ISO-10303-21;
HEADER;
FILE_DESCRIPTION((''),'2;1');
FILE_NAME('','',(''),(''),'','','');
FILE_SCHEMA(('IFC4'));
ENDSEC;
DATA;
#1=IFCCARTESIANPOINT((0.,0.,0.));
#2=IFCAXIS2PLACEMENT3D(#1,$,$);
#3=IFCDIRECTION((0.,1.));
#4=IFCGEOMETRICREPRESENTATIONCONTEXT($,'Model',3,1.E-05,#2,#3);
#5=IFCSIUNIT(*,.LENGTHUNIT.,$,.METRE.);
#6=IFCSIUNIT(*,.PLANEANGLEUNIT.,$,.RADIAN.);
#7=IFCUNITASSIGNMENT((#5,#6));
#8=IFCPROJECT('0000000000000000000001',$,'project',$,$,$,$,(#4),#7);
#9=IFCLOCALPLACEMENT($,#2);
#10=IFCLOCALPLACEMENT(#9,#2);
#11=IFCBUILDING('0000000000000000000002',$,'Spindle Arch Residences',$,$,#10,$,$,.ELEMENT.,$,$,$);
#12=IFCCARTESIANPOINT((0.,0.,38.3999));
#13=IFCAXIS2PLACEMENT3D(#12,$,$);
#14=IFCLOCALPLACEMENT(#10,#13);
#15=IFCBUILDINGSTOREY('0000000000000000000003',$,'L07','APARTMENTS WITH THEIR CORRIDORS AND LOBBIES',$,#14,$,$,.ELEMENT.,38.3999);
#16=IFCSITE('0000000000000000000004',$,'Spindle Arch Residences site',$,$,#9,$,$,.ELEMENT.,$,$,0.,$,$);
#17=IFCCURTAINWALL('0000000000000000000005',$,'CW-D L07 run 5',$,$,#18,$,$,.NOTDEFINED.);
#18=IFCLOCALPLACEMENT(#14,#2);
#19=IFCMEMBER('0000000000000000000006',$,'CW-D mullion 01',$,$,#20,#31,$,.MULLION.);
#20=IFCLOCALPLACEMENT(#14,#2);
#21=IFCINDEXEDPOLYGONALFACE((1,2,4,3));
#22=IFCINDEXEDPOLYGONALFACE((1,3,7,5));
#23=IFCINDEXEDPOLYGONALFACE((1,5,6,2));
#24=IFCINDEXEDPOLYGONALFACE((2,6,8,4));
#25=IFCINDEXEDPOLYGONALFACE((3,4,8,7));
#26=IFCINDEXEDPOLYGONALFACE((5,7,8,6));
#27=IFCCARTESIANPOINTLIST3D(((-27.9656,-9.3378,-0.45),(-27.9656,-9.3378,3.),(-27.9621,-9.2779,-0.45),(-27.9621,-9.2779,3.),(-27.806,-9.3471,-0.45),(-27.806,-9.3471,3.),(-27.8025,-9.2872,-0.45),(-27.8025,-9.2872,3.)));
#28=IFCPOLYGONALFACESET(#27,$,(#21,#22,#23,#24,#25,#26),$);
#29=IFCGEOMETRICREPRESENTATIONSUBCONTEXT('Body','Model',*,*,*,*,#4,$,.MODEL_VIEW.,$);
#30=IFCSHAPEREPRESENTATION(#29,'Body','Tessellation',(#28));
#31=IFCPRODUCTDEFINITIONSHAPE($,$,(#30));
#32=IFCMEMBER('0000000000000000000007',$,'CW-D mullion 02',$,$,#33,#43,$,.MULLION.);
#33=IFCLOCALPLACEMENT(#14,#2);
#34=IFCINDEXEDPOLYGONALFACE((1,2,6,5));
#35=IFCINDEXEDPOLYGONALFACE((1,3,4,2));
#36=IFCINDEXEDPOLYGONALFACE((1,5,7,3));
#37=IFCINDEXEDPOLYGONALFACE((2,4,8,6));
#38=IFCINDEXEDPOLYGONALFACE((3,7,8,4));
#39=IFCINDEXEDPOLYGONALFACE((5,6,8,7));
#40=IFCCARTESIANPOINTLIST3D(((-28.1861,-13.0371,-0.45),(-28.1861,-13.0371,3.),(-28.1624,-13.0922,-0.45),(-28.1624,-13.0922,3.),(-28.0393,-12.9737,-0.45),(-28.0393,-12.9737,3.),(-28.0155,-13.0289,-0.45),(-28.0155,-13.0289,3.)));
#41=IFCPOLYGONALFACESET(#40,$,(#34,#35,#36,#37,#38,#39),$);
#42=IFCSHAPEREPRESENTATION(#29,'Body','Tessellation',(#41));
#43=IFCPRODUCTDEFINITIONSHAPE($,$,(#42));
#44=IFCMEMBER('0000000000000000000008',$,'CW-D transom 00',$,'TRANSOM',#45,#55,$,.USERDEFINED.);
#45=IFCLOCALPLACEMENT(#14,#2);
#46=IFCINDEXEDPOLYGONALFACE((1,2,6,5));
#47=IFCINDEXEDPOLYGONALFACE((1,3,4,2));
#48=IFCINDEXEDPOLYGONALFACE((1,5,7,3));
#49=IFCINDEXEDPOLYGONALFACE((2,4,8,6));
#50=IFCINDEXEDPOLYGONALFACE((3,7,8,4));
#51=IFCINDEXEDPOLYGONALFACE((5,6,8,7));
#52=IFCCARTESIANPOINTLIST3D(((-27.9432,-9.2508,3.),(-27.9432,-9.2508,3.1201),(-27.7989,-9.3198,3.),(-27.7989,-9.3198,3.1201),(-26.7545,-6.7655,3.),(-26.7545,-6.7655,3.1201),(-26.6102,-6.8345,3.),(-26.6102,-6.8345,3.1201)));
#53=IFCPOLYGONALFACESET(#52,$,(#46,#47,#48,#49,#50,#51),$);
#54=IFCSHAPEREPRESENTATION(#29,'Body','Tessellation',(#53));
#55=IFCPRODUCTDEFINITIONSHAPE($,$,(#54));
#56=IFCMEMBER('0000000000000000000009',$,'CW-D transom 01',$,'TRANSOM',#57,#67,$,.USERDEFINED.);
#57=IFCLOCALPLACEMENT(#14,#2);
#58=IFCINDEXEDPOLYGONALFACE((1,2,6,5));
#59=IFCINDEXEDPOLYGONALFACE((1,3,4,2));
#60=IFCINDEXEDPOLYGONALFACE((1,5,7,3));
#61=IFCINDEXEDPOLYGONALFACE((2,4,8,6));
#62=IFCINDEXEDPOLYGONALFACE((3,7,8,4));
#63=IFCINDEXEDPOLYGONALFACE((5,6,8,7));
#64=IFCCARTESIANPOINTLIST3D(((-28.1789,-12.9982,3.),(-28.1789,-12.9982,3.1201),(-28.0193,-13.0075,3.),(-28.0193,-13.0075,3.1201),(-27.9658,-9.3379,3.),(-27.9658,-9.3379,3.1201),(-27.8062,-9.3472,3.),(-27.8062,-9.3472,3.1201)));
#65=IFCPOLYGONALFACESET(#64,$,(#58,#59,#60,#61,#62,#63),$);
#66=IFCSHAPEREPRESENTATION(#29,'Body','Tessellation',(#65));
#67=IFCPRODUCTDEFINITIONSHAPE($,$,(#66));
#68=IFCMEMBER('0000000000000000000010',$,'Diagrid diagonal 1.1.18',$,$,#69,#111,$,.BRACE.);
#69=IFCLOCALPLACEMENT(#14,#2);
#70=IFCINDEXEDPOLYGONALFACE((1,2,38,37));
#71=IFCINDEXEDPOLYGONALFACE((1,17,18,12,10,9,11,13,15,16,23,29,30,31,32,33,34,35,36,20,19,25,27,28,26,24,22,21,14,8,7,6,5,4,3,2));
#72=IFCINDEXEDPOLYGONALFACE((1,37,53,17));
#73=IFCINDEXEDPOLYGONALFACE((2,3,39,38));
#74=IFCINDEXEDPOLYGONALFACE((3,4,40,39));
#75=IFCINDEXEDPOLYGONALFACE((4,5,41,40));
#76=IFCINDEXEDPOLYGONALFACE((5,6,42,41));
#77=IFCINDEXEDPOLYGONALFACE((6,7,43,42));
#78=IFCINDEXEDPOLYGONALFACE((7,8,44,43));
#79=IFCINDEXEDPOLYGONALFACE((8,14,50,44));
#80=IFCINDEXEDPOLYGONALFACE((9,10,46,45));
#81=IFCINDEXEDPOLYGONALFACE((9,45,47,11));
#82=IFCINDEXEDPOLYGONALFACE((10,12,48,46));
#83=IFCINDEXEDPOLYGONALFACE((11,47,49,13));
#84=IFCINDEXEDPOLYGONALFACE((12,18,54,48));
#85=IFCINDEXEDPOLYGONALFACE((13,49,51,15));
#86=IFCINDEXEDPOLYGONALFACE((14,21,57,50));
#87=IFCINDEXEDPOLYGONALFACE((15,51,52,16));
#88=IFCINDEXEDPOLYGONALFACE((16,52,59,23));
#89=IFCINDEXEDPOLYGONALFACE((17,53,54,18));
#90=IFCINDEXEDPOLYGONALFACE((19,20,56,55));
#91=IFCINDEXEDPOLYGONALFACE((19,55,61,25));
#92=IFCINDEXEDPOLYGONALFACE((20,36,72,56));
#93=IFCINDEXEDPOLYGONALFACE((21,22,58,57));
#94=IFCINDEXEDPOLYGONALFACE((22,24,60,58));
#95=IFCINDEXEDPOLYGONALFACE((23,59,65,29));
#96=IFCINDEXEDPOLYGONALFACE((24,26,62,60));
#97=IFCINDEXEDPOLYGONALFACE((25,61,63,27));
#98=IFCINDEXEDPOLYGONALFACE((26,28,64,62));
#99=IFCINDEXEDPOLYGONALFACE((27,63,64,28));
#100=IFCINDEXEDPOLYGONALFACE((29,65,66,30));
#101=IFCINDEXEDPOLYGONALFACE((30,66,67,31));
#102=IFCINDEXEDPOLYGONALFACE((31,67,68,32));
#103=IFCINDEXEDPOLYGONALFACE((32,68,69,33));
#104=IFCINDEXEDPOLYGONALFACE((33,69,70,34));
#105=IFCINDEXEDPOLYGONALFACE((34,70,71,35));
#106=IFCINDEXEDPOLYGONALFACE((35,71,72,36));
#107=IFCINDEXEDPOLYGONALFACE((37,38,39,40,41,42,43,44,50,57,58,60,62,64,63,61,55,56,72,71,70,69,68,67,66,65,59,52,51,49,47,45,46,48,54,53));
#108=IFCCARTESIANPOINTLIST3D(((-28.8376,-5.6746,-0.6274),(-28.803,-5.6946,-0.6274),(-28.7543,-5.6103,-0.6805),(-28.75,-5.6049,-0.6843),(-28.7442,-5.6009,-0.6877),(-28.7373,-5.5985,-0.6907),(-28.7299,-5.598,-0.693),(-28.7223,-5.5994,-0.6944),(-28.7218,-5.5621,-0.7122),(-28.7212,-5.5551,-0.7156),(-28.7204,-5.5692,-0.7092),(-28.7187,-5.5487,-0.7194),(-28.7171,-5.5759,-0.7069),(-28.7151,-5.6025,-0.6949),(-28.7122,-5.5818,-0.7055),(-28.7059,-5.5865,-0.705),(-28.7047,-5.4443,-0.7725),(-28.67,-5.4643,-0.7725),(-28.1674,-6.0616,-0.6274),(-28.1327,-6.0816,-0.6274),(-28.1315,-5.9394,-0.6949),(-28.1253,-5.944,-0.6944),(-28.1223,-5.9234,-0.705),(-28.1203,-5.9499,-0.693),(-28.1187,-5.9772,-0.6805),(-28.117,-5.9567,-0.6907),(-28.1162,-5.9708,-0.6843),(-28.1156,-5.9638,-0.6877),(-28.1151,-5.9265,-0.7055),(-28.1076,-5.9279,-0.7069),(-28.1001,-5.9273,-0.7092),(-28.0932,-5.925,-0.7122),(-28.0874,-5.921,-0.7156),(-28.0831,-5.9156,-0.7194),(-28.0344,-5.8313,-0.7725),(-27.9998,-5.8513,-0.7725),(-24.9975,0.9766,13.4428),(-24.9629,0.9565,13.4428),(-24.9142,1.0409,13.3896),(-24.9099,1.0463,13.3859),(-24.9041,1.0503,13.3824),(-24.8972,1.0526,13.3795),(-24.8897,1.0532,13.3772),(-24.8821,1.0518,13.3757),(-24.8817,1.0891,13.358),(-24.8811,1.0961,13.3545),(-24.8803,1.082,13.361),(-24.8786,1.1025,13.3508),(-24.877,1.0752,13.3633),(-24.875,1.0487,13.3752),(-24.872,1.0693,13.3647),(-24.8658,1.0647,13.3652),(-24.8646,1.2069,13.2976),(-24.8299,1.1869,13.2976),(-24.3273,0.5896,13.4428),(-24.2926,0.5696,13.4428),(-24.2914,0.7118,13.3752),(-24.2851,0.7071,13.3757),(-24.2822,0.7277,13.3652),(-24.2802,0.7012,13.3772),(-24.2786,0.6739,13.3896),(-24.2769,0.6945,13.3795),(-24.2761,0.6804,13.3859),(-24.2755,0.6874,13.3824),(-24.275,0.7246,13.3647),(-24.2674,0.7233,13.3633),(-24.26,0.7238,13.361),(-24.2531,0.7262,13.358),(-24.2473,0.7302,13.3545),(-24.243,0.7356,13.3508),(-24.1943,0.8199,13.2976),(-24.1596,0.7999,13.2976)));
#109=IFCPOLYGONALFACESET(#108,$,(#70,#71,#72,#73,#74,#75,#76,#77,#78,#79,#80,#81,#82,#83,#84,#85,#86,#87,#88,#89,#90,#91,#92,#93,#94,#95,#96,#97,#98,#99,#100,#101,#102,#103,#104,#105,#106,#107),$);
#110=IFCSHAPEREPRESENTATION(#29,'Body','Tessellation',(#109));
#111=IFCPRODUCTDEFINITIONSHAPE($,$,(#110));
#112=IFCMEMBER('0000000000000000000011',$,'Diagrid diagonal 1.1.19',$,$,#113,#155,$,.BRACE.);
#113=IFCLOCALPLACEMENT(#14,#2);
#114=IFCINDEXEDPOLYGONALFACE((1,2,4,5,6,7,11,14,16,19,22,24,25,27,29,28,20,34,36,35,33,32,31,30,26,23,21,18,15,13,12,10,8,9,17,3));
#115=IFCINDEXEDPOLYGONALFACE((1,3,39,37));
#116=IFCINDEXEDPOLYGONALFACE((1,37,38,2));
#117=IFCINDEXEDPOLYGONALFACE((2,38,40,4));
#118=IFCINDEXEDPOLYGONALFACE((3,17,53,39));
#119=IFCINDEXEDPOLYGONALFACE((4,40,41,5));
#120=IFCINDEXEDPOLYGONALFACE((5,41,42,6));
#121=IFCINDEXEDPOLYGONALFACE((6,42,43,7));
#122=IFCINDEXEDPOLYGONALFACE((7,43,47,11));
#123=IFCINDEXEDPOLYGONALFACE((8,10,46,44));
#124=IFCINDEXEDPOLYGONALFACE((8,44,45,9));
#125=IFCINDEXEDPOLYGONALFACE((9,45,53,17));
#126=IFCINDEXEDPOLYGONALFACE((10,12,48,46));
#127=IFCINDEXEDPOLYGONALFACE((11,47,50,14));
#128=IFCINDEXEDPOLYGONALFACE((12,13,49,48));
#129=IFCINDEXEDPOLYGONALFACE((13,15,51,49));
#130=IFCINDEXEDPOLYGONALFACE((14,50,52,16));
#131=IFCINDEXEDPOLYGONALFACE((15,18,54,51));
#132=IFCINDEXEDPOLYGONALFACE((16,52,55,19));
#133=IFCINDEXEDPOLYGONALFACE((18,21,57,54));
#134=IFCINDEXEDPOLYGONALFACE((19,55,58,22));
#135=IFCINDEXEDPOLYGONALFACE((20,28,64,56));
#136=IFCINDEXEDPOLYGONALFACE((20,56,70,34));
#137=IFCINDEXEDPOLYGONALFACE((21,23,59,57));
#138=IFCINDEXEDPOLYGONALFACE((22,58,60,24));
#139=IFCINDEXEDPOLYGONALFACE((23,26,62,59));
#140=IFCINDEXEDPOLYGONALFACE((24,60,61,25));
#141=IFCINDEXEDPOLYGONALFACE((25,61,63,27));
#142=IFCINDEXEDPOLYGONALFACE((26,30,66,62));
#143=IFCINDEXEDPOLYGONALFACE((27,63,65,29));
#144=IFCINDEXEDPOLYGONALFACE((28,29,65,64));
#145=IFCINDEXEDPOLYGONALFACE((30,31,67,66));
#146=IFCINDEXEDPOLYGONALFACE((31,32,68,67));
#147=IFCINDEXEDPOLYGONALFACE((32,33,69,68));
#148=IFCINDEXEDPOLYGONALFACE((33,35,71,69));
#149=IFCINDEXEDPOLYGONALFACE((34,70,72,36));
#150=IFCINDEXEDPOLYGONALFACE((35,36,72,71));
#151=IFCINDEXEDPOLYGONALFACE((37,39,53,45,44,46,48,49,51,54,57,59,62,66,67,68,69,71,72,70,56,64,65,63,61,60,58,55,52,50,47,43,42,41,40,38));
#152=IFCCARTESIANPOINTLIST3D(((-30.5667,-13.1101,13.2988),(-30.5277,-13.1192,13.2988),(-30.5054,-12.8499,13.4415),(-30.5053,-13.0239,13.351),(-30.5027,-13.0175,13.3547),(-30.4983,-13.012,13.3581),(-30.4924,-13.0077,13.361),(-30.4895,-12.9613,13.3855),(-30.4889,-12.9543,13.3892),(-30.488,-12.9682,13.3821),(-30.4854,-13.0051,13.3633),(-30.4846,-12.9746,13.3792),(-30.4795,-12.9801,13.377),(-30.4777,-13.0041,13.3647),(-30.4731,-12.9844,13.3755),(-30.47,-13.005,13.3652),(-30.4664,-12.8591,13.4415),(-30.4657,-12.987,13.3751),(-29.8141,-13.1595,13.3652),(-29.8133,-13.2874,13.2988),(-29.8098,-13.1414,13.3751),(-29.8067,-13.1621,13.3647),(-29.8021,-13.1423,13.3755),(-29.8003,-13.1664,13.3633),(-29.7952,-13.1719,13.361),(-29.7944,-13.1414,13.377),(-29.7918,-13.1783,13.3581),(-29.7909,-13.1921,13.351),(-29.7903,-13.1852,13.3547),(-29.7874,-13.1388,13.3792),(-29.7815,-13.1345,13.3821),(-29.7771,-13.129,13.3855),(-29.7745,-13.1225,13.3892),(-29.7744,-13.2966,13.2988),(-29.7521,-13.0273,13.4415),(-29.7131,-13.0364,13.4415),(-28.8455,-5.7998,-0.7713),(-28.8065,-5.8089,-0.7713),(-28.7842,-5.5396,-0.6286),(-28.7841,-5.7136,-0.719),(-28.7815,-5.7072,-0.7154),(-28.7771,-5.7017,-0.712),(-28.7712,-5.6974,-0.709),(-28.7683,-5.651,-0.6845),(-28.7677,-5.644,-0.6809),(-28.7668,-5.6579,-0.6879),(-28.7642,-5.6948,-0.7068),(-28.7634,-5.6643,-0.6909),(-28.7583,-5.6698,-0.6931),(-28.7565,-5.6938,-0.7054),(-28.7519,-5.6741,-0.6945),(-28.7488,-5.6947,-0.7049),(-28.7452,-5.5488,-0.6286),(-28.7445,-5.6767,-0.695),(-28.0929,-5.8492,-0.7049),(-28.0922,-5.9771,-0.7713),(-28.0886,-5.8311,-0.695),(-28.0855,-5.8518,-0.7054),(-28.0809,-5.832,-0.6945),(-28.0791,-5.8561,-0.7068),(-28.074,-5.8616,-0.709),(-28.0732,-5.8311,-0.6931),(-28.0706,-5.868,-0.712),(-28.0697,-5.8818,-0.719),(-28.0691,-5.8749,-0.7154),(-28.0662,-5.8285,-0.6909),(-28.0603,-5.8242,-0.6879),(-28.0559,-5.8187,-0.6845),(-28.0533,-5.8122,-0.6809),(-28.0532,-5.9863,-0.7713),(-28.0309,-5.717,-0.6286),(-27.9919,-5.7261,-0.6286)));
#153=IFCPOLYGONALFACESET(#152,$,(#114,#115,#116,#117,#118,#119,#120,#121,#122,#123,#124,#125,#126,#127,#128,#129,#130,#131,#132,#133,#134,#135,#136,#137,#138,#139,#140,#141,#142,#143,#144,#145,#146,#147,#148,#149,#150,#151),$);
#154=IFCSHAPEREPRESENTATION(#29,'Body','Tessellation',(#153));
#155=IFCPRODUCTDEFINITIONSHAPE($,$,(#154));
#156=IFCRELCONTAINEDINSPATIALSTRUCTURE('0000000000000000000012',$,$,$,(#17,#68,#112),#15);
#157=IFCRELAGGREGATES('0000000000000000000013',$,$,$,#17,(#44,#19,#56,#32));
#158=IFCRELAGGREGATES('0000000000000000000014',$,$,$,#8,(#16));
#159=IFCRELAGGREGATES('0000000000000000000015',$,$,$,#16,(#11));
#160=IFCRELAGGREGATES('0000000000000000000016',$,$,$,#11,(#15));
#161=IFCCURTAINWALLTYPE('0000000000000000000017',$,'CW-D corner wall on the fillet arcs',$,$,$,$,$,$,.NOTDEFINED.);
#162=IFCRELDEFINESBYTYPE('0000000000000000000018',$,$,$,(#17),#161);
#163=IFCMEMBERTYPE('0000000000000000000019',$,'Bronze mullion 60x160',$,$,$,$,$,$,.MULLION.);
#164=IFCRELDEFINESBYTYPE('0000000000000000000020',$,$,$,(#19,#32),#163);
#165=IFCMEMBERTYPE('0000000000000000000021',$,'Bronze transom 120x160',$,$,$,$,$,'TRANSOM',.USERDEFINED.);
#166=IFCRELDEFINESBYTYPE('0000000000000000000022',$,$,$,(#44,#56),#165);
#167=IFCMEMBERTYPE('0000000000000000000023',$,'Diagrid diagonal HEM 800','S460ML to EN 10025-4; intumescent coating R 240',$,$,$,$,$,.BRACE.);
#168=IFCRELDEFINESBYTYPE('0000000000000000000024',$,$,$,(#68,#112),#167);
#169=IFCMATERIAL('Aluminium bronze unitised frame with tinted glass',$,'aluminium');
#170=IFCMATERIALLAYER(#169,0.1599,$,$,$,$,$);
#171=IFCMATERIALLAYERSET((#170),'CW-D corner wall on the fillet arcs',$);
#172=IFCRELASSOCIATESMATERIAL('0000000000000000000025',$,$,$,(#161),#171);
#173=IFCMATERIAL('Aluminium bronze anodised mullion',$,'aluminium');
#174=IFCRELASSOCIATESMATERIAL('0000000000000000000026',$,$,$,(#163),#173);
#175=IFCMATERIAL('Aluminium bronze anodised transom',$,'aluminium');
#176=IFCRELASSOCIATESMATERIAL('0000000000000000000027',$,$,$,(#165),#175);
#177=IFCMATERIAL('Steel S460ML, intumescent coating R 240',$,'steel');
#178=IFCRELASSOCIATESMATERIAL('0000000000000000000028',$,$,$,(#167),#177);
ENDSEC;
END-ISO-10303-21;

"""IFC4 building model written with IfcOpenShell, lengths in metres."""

from ifc_helpers import new_model, si_unit, direction, frame, origin, origin_2d, place, context, subcontext, project, spatial, rectangle, i_section, extrude, material, layer, layer_set, material_profile, profile_set, type_object, element, aggregate, save


model = new_model("IFC4")

# Units and contexts
model_context = context("Model", 3, precision=1e-05, world=origin(), true_north=direction((0.0, 1.0)))
body_context = subcontext(model_context, "Body", "Model", "MODEL_VIEW")
ifc_project = project(units=[si_unit("LENGTHUNIT", "METRE"), si_unit("PLANEANGLEUNIT", "RADIAN")], contexts=[model_context])

# Site, building, storey
site_placement = place(None, origin())
site = spatial("IfcSite", under=ifc_project, at=site_placement, Name="Spindle Arch Residences site", CompositionType="ELEMENT", RefElevation=0.0)
building_placement = place(site_placement, origin())
building = spatial("IfcBuilding", under=site, at=building_placement, Name="Spindle Arch Residences", CompositionType="ELEMENT")
storey_placement = place(building_placement, frame((0.0, 0.0, 38.3999)))
storey = spatial("IfcBuildingStorey", under=building, at=storey_placement, Name="L07", Description="APARTMENTS WITH THEIR CORRIDORS AND LOBBIES", CompositionType="ELEMENT", Elevation=38.3999)

# Curtain wall, members
ifc_material_1 = material(Name="Aluminium bronze unitised frame with tinted glass", Category="aluminium")
ifc_layer_1 = layer(ifc_material_1, 0.1599)
ifc_layer_set_1 = layer_set([ifc_layer_1], Name="CW-D corner wall on the fillet arcs")
curtain_wall_type_1 = type_object("IfcCurtainWallType", Name="CW-D corner wall on the fillet arcs", PredefinedType="NOTDEFINED", material=ifc_layer_set_1)
curtain_wall_1_placement = place(storey_placement, origin())
curtain_wall_1 = element("IfcCurtainWall", 1, at=curtain_wall_1_placement, inside=storey, type_object=curtain_wall_type_1, Name="CW-D L07 run 5", PredefinedType="NOTDEFINED")
ifc_material_2 = material(Name="Aluminium bronze anodised mullion", Category="aluminium")
ifc_material_profile_1 = material_profile(ifc_material_2, rectangle(XDim=0.1599, YDim=0.0601, at=origin_2d()), Name="MU 60x160")
ifc_profile_set_1 = profile_set([ifc_material_profile_1], Name="Aluminium bronze anodised mullion")
member_type_1 = type_object("IfcMemberType", Name="Bronze mullion 60x160", PredefinedType="MULLION", material=ifc_profile_set_1)
member_1_placement = place(storey_placement, frame((-27.884, -9.3125, -0.45), z_axis=(0.0, 0.0, 1.0), x_axis=(0.998308, -0.058145, 0.0)))
member_1 = element("IfcMember", 2, at=member_1_placement, type_object=member_type_1, Name="CW-D mullion 01", PredefinedType="MULLION", context=body_context, shape_type="SweptSolid", body=[
    extrude(rectangle(XDim=0.1599, YDim=0.0601, at=origin_2d()), origin(), (0.0, 0.0, 1.0), 3.45),
])
member_2_placement = place(storey_placement, frame((-28.1008, -13.033, -0.45), z_axis=(0.0, 0.0, 1.0), x_axis=(0.918216, 0.39608, 0.0)))
member_2 = element("IfcMember", 3, at=member_2_placement, type_object=member_type_1, Name="CW-D mullion 02", PredefinedType="MULLION", context=body_context, shape_type="SweptSolid", body=[
    extrude(rectangle(XDim=0.1599, YDim=0.0601, at=origin_2d()), origin(), (0.0, 0.0, 1.0), 3.45),
])
ifc_material_3 = material(Name="Aluminium bronze anodised transom", Category="aluminium")
ifc_material_profile_2 = material_profile(ifc_material_3, rectangle(XDim=0.1599, YDim=0.1201, at=origin_2d()), Name="TR 120x160")
ifc_profile_set_2 = profile_set([ifc_material_profile_2], Name="Aluminium bronze anodised transom")
member_type_2 = type_object("IfcMemberType", Name="Bronze transom 120x160", ElementType="TRANSOM", PredefinedType="USERDEFINED", material=ifc_profile_set_2)
member_3_placement = place(storey_placement, frame((-26.6824, -6.8, 3.0601), z_axis=(-0.431477, -0.902124, 0.0), x_axis=(0.902124, -0.431477, 0.0)))
member_3 = element("IfcMember", 4, at=member_3_placement, type_object=member_type_2, Name="CW-D transom 00", ObjectType="TRANSOM", PredefinedType="USERDEFINED", context=body_context, shape_type="SweptSolid", body=[
    extrude(rectangle(XDim=0.1599, YDim=0.1201, at=origin_2d()), origin(), (0.0, 0.0, 1.0), 2.7549),
])
member_4_placement = place(storey_placement, frame((-27.886, -9.3425, 3.0601), z_axis=(-0.058129, -0.998309, 0.0), x_axis=(0.998309, -0.058129, 0.0)))
member_4 = element("IfcMember", 5, at=member_4_placement, type_object=member_type_2, Name="CW-D transom 01", ObjectType="TRANSOM", PredefinedType="USERDEFINED", context=body_context, shape_type="SweptSolid", body=[
    extrude(rectangle(XDim=0.1599, YDim=0.1201, at=origin_2d()), origin(), (0.0, 0.0, 1.0), 3.6665),
])

# Members
ifc_material_4 = material(Name="Steel S460ML, intumescent coating R 240", Category="steel")
ifc_material_profile_3 = material_profile(ifc_material_4, i_section(OverallWidth=0.303, OverallDepth=0.814, WebThickness=0.021, FlangeThickness=0.04, FilletRadius=0.03, at=origin_2d()), Name="HEM 800")
ifc_profile_set_3 = profile_set([ifc_material_profile_3], Name="Steel S460ML, intumescent coating R 240")
member_type_3 = type_object("IfcMemberType", Name="Diagrid diagonal HEM 800", Description="S460ML to EN 10025-4; intumescent coating R 240", PredefinedType="BRACE", material=ifc_profile_set_3)
member_5_placement = place(storey_placement, frame((-28.4187, -5.7629, -0.7), z_axis=(0.239561, 0.414926, 0.877751), x_axis=(-0.438881, -0.760152, 0.479117)))
element("IfcMember", 6, at=member_5_placement, inside=storey, type_object=member_type_3, Name="Diagrid diagonal 1.1.18", PredefinedType="BRACE", context=body_context, shape_type="SweptSolid", body=[
    extrude(i_section(OverallWidth=0.303, OverallDepth=0.814, WebThickness=0.021, FlangeThickness=0.04, FilletRadius=0.03, at=origin_2d()), origin(), (0.0, 0.0, 1.0), 16.0298),
])
member_6_placement = place(storey_placement, frame((-28.4187, -5.7629, -0.7), z_axis=(-0.107919, -0.458356, 0.882193), x_axis=(0.202181, 0.858712, 0.470889)))
element("IfcMember", 7, at=member_6_placement, inside=storey, type_object=member_type_3, Name="Diagrid diagonal 1.1.19", PredefinedType="BRACE", context=body_context, shape_type="SweptSolid", body=[
    extrude(i_section(OverallWidth=0.303, OverallDepth=0.814, WebThickness=0.021, FlangeThickness=0.04, FilletRadius=0.03, at=origin_2d()), origin(), (0.0, 0.0, 1.0), 15.949),
])

aggregate(curtain_wall_1, [member_3, member_1, member_4, member_2])

save(model, "model.ifc")
